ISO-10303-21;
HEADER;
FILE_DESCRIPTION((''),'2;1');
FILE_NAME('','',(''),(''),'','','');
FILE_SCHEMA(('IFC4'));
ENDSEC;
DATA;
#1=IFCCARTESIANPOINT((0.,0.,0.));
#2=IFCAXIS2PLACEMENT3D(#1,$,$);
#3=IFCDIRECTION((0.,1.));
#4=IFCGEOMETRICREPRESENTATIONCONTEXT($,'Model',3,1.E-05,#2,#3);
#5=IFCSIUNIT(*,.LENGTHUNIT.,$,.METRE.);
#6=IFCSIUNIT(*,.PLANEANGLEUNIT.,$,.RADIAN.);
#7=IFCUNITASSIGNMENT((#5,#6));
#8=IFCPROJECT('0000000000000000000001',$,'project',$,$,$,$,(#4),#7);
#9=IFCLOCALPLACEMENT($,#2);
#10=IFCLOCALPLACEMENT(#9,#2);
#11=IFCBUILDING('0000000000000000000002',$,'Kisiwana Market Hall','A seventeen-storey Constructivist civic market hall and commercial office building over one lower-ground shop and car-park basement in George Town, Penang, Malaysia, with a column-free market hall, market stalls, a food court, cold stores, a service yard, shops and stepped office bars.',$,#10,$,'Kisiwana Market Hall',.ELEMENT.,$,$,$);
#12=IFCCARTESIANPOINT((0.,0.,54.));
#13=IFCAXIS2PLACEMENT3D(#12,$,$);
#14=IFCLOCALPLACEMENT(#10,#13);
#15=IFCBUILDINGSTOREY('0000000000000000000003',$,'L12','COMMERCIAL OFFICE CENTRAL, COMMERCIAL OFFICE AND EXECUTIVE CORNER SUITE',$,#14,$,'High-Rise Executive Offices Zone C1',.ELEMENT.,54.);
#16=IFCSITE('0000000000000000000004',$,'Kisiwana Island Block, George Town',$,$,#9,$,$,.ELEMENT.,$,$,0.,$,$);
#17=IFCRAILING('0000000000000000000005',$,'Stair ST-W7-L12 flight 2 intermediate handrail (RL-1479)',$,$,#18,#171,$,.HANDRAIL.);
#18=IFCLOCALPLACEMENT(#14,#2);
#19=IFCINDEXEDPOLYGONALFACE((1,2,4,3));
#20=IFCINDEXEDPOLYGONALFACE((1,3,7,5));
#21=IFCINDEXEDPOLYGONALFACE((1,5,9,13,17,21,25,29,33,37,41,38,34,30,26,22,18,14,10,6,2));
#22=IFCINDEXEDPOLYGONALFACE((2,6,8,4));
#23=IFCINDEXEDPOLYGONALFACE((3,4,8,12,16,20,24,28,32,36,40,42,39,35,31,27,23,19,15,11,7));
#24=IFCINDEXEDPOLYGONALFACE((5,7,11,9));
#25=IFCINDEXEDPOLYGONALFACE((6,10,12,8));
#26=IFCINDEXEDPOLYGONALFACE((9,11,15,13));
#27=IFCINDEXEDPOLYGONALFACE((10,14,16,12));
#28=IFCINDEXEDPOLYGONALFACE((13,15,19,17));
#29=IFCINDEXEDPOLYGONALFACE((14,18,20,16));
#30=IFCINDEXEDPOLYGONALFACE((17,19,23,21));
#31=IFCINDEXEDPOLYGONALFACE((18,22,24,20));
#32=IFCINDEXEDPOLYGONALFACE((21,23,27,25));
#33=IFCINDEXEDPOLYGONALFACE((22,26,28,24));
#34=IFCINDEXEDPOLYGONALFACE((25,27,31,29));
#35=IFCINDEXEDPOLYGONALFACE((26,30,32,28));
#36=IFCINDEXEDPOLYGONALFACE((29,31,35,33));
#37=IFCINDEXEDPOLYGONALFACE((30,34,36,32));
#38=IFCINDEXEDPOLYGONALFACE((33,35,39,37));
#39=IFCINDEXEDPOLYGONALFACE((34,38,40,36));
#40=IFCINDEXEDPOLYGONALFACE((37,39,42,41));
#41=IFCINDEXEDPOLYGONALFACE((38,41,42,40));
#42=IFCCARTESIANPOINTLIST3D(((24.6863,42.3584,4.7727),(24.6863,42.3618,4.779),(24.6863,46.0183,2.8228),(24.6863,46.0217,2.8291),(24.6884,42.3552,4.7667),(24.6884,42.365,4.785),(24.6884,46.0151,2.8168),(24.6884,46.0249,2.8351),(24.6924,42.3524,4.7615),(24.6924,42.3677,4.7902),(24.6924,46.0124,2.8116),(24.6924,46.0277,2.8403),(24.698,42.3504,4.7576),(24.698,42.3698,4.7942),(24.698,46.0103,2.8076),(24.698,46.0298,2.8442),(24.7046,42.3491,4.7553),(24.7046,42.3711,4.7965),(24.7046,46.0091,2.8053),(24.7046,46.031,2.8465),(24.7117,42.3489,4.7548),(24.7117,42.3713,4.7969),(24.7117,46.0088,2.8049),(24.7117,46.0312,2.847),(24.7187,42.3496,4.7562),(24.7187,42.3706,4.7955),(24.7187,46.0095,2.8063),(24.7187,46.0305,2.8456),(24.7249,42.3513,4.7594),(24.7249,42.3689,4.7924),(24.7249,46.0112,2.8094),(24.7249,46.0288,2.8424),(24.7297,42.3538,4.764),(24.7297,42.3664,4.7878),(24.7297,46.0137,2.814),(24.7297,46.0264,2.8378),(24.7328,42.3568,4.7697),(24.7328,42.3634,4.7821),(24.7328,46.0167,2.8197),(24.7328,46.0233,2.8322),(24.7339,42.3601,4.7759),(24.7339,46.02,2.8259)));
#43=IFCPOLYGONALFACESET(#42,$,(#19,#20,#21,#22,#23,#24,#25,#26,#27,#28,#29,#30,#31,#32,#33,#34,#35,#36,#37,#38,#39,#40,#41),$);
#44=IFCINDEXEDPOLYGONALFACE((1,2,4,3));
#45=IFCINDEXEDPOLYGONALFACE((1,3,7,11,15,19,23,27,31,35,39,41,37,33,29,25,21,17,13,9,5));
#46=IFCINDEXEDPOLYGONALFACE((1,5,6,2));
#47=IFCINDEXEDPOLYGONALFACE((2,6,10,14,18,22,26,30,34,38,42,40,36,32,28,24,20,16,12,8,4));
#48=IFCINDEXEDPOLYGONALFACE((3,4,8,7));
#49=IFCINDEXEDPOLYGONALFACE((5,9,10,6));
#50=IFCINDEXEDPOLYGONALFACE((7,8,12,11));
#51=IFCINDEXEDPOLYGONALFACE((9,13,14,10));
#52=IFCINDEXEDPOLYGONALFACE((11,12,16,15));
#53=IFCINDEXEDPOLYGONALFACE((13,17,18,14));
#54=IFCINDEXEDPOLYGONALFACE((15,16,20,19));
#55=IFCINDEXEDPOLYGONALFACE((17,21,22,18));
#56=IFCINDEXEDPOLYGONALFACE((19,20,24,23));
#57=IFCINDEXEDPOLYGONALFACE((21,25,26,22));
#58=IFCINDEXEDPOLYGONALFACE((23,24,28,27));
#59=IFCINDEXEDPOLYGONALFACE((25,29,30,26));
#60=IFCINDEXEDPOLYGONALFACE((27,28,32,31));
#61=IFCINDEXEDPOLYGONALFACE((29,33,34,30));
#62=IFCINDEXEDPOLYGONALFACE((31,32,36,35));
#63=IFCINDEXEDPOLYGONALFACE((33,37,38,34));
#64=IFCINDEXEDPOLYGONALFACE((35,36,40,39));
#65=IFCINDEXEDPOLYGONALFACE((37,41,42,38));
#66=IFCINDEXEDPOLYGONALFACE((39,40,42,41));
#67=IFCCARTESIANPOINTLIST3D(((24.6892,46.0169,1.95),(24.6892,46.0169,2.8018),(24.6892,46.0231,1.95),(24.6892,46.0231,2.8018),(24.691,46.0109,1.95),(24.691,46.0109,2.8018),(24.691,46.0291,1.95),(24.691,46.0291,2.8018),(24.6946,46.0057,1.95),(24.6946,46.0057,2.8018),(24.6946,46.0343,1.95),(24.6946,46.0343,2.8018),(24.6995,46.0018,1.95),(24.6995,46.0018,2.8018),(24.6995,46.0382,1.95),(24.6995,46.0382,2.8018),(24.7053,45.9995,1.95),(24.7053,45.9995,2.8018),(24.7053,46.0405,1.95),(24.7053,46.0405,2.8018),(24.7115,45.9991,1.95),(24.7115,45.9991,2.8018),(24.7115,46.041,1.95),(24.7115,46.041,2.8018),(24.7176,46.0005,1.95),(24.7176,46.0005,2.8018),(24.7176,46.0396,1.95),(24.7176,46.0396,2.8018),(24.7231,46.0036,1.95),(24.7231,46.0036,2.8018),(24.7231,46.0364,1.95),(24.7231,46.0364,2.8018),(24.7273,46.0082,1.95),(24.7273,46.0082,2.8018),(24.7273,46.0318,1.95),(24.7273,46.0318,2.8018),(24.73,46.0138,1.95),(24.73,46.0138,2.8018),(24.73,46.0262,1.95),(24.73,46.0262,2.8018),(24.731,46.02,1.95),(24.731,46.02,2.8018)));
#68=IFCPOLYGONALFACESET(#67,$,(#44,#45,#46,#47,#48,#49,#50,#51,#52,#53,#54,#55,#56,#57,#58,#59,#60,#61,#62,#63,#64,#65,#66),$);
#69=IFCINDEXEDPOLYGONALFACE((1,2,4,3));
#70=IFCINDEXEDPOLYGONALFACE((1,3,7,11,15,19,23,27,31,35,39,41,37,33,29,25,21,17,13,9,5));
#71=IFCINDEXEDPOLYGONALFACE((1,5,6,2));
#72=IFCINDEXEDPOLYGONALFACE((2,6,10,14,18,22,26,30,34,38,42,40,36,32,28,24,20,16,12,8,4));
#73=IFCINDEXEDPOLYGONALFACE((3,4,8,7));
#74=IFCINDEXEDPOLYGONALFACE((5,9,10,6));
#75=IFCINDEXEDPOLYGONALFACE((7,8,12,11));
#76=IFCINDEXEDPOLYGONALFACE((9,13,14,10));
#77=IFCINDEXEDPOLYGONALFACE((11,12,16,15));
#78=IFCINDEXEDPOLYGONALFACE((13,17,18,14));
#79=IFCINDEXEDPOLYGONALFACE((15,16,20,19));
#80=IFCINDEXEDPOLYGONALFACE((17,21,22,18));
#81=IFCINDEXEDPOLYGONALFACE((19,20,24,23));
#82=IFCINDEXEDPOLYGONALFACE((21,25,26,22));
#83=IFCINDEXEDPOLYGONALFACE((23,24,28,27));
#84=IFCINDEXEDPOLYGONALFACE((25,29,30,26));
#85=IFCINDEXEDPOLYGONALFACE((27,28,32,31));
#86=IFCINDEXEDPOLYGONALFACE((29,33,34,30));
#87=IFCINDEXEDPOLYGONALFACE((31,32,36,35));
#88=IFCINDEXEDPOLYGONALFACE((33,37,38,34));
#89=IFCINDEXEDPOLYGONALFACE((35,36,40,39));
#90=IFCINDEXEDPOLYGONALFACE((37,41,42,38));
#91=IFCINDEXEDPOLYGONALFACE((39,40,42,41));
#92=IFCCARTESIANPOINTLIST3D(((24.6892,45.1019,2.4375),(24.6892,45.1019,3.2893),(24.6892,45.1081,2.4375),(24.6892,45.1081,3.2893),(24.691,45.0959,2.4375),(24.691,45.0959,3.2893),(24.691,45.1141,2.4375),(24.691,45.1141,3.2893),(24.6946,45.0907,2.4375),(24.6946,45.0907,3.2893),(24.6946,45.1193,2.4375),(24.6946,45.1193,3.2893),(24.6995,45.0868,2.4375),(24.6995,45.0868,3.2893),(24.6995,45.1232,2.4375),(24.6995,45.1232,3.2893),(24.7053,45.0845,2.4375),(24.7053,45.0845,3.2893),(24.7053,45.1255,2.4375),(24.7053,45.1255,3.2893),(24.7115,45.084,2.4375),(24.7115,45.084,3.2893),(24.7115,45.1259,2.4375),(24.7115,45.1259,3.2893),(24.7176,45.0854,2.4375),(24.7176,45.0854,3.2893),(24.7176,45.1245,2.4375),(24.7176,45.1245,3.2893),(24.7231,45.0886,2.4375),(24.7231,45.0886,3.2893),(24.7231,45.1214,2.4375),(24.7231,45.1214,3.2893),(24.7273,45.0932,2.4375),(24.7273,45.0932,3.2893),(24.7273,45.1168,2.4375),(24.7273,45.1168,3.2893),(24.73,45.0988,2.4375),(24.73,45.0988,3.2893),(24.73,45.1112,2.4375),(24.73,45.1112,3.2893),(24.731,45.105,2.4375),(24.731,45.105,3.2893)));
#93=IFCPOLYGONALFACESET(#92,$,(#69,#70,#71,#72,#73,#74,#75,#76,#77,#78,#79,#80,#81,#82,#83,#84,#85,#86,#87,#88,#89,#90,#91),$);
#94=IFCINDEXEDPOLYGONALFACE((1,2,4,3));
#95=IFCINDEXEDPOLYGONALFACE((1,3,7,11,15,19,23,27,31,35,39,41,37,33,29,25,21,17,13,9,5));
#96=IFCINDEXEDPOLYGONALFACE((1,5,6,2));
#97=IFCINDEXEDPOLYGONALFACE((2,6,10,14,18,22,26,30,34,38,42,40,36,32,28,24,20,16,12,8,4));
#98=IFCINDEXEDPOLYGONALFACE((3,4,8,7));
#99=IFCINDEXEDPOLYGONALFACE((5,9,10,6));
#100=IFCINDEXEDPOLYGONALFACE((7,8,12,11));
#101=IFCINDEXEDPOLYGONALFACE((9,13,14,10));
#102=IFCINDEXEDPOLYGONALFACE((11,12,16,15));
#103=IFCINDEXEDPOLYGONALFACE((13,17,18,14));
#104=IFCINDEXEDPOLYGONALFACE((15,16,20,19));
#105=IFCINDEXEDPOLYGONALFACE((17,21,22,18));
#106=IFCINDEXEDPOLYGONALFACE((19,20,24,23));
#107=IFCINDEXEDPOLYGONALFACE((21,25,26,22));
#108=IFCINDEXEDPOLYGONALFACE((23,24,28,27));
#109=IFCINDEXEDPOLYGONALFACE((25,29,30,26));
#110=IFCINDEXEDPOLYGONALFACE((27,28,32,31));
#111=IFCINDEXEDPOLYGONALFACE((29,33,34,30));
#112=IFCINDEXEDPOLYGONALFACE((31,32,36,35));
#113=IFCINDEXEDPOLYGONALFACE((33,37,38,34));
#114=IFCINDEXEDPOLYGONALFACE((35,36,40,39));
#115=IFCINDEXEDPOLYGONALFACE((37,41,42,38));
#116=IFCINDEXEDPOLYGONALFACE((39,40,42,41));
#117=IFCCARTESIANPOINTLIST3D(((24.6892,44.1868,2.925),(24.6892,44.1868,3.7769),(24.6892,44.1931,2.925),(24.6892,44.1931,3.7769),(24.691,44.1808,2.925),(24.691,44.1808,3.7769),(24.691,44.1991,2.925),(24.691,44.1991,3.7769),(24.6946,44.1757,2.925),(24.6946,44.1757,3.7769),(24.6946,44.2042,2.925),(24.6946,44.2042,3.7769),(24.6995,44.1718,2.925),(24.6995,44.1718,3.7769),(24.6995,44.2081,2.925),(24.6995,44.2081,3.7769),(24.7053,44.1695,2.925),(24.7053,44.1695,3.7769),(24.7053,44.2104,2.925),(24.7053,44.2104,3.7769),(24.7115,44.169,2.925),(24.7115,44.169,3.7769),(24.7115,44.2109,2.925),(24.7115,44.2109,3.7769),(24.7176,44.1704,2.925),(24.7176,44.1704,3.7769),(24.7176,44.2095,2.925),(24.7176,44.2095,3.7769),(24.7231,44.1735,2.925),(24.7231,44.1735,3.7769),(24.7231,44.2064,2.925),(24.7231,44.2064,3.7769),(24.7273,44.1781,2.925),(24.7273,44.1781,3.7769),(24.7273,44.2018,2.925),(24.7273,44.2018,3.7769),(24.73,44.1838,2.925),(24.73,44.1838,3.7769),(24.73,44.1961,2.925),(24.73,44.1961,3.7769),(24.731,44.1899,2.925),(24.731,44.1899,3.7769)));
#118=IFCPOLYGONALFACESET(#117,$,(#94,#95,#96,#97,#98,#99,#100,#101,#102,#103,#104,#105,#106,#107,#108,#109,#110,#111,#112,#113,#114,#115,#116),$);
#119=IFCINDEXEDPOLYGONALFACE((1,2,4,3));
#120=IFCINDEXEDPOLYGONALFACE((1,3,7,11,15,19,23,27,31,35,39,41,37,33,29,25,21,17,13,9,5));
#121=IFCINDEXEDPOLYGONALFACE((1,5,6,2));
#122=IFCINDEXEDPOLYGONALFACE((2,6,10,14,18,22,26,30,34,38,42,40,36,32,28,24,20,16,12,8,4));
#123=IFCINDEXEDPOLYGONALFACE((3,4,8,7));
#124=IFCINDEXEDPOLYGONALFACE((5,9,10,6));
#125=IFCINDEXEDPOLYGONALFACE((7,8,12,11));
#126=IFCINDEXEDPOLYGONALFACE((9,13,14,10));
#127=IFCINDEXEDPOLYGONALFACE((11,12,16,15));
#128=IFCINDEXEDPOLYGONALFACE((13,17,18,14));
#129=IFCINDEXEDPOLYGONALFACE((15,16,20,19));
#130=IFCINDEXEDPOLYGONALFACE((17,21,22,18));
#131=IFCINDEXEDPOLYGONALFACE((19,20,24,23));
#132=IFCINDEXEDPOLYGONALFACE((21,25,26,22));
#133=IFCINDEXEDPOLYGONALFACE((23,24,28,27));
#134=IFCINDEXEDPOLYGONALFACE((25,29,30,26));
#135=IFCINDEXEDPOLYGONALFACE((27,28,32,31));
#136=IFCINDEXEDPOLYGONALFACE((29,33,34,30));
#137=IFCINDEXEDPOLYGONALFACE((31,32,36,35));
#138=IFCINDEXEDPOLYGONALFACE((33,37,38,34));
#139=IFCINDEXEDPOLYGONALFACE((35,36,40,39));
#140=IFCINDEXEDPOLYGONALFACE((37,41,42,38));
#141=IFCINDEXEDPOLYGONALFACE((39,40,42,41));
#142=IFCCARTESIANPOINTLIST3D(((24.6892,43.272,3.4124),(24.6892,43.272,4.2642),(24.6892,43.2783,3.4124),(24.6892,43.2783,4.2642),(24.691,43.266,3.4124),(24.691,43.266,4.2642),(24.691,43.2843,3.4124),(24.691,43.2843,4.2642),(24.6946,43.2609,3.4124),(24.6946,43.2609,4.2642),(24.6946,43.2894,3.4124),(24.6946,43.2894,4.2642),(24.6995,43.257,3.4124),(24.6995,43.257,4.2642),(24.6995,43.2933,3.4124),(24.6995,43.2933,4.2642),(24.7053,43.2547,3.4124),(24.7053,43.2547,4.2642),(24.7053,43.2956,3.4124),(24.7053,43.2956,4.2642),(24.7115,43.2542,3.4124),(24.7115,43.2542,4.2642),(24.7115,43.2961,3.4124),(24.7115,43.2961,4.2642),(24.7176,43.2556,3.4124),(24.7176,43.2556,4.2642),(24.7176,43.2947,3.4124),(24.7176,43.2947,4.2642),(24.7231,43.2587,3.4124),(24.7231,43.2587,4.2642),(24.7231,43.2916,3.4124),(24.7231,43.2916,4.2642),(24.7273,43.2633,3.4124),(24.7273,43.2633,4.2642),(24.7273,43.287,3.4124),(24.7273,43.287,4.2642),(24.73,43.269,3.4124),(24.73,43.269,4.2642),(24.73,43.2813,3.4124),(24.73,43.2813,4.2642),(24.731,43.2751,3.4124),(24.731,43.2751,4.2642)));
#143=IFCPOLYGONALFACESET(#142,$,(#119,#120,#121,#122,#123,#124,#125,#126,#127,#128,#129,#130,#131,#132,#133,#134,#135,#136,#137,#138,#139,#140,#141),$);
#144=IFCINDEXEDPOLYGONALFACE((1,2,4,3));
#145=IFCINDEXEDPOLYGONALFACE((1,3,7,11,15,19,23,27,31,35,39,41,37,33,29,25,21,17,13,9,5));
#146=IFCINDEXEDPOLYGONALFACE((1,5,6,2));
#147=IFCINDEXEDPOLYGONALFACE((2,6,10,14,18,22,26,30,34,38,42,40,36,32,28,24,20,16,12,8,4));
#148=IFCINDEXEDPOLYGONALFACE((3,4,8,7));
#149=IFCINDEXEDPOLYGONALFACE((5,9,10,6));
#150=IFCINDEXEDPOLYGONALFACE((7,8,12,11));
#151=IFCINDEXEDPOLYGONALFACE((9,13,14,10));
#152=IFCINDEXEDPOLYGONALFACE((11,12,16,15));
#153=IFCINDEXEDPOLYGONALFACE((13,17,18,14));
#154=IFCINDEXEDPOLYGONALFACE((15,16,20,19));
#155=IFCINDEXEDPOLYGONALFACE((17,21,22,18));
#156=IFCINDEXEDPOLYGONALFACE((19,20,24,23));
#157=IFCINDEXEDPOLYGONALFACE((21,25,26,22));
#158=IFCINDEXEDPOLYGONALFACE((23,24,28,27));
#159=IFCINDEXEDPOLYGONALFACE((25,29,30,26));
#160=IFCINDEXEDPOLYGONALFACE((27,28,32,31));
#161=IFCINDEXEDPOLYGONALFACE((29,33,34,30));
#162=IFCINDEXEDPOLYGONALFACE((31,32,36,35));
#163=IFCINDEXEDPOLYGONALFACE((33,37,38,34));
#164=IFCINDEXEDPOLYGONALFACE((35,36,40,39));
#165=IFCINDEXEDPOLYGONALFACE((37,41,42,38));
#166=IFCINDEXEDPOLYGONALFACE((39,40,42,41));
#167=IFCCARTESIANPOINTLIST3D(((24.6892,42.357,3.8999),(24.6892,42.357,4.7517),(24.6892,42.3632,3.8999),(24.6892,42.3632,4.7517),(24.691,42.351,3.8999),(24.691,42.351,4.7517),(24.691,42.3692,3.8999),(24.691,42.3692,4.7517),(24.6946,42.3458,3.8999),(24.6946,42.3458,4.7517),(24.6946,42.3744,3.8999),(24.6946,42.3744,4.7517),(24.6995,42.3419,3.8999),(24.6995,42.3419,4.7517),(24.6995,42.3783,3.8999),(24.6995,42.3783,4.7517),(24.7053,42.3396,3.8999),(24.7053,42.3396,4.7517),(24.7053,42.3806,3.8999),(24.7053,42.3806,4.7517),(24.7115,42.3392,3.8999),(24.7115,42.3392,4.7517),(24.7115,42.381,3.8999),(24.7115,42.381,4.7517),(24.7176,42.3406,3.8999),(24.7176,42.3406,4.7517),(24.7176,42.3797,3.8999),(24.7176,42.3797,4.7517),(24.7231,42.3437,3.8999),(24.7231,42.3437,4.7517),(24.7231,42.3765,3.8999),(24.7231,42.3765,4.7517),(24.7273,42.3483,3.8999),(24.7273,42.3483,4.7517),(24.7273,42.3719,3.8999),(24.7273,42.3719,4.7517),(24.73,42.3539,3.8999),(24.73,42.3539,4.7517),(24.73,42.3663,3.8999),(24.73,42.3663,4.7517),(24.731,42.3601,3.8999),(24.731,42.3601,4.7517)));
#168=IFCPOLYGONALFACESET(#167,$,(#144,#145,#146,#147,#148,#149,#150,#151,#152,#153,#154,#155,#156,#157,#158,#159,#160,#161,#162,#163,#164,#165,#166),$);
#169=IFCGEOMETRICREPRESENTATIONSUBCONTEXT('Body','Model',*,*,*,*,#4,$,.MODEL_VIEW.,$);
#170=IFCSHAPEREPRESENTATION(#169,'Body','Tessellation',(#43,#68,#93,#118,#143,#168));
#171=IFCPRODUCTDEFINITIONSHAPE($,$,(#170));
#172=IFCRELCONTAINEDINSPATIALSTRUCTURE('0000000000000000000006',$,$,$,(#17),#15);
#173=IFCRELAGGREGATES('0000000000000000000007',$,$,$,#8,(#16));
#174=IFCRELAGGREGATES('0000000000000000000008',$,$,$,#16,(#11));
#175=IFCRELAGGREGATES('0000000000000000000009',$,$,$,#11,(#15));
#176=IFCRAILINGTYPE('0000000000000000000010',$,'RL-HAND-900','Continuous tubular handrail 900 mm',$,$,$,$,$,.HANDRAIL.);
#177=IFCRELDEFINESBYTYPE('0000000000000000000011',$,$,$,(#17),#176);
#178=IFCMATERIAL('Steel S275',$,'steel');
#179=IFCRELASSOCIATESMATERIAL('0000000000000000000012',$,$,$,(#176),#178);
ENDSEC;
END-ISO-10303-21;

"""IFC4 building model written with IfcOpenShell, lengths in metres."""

from ifc_helpers import new_model, si_unit, direction, frame, origin, origin_2d, place, context, subcontext, project, spatial, circle, extrude, material, type_object, element, save


model = new_model("IFC4")

# Units and contexts
model_context = context("Model", 3, precision=1e-05, world=origin(), true_north=direction((0.0, 1.0)))
body_context = subcontext(model_context, "Body", "Model", "MODEL_VIEW")
ifc_project = project(units=[si_unit("LENGTHUNIT", "METRE"), si_unit("PLANEANGLEUNIT", "RADIAN")], contexts=[model_context])

# Site, building, storey
site_placement = place(None, origin())
site = spatial("IfcSite", under=ifc_project, at=site_placement, Name="Kisiwana Island Block, George Town", CompositionType="ELEMENT", RefElevation=0.0)
building_placement = place(site_placement, origin())
building = spatial("IfcBuilding", under=site, at=building_placement, Name="Kisiwana Market Hall", Description="A seventeen-storey Constructivist civic market hall and commercial office building over one lower-ground shop and car-park basement in George Town, Penang, Malaysia, with a column-free market hall, market stalls, a food court, cold stores, a service yard, shops and stepped office bars.", LongName="Kisiwana Market Hall", CompositionType="ELEMENT")
storey_placement = place(building_placement, frame((0.0, 0.0, 54.0)))
storey = spatial("IfcBuildingStorey", under=building, at=storey_placement, Name="L12", Description="COMMERCIAL OFFICE CENTRAL, COMMERCIAL OFFICE AND EXECUTIVE CORNER SUITE", LongName="High-Rise Executive Offices Zone C1", CompositionType="ELEMENT", Elevation=54.0)

# Railing
ifc_material_1 = material(Name="Steel S275", Category="steel")
railing_type_1 = type_object("IfcRailingType", Name="RL-HAND-900", Description="Continuous tubular handrail 900 mm", PredefinedType="HANDRAIL", material=ifc_material_1)
railing_1_placement = place(storey_placement, frame((24.71, 46.02, 1.95)))
element("IfcRailing", 1, at=railing_1_placement, inside=storey, type_object=railing_type_1, Name="Stair ST-W7-L12 flight 2 intermediate handrail (RL-1479)", PredefinedType="HANDRAIL", context=body_context, shape_type="SweptSolid", body=[
    extrude(circle(Radius=0.0239, at=origin_2d()), frame((0.0, 0.0, 0.876), z_axis=(0.0, -0.882553, 0.470212), x_axis=(1.0, 0.0, 0.0)), (0.0, 0.0, 1.0), 4.147),
    extrude(circle(Radius=0.021, at=origin_2d()), origin(), (0.0, 0.0, 1.0), 0.8518),
    extrude(circle(Radius=0.021, at=origin_2d()), frame((0.0, -0.915, 0.4875)), (0.0, 0.0, 1.0), 0.8518),
    extrude(circle(Radius=0.021, at=origin_2d()), frame((0.0, -1.8301, 0.9751)), (0.0, 0.0, 1.0), 0.8518),
    extrude(circle(Radius=0.021, at=origin_2d()), frame((0.0, -2.7449, 1.4624)), (0.0, 0.0, 1.0), 0.8518),
    extrude(circle(Radius=0.021, at=origin_2d()), frame((0.0, -3.6599, 1.95)), (0.0, 0.0, 1.0), 0.8518),
])

save(model, "model.ifc")
